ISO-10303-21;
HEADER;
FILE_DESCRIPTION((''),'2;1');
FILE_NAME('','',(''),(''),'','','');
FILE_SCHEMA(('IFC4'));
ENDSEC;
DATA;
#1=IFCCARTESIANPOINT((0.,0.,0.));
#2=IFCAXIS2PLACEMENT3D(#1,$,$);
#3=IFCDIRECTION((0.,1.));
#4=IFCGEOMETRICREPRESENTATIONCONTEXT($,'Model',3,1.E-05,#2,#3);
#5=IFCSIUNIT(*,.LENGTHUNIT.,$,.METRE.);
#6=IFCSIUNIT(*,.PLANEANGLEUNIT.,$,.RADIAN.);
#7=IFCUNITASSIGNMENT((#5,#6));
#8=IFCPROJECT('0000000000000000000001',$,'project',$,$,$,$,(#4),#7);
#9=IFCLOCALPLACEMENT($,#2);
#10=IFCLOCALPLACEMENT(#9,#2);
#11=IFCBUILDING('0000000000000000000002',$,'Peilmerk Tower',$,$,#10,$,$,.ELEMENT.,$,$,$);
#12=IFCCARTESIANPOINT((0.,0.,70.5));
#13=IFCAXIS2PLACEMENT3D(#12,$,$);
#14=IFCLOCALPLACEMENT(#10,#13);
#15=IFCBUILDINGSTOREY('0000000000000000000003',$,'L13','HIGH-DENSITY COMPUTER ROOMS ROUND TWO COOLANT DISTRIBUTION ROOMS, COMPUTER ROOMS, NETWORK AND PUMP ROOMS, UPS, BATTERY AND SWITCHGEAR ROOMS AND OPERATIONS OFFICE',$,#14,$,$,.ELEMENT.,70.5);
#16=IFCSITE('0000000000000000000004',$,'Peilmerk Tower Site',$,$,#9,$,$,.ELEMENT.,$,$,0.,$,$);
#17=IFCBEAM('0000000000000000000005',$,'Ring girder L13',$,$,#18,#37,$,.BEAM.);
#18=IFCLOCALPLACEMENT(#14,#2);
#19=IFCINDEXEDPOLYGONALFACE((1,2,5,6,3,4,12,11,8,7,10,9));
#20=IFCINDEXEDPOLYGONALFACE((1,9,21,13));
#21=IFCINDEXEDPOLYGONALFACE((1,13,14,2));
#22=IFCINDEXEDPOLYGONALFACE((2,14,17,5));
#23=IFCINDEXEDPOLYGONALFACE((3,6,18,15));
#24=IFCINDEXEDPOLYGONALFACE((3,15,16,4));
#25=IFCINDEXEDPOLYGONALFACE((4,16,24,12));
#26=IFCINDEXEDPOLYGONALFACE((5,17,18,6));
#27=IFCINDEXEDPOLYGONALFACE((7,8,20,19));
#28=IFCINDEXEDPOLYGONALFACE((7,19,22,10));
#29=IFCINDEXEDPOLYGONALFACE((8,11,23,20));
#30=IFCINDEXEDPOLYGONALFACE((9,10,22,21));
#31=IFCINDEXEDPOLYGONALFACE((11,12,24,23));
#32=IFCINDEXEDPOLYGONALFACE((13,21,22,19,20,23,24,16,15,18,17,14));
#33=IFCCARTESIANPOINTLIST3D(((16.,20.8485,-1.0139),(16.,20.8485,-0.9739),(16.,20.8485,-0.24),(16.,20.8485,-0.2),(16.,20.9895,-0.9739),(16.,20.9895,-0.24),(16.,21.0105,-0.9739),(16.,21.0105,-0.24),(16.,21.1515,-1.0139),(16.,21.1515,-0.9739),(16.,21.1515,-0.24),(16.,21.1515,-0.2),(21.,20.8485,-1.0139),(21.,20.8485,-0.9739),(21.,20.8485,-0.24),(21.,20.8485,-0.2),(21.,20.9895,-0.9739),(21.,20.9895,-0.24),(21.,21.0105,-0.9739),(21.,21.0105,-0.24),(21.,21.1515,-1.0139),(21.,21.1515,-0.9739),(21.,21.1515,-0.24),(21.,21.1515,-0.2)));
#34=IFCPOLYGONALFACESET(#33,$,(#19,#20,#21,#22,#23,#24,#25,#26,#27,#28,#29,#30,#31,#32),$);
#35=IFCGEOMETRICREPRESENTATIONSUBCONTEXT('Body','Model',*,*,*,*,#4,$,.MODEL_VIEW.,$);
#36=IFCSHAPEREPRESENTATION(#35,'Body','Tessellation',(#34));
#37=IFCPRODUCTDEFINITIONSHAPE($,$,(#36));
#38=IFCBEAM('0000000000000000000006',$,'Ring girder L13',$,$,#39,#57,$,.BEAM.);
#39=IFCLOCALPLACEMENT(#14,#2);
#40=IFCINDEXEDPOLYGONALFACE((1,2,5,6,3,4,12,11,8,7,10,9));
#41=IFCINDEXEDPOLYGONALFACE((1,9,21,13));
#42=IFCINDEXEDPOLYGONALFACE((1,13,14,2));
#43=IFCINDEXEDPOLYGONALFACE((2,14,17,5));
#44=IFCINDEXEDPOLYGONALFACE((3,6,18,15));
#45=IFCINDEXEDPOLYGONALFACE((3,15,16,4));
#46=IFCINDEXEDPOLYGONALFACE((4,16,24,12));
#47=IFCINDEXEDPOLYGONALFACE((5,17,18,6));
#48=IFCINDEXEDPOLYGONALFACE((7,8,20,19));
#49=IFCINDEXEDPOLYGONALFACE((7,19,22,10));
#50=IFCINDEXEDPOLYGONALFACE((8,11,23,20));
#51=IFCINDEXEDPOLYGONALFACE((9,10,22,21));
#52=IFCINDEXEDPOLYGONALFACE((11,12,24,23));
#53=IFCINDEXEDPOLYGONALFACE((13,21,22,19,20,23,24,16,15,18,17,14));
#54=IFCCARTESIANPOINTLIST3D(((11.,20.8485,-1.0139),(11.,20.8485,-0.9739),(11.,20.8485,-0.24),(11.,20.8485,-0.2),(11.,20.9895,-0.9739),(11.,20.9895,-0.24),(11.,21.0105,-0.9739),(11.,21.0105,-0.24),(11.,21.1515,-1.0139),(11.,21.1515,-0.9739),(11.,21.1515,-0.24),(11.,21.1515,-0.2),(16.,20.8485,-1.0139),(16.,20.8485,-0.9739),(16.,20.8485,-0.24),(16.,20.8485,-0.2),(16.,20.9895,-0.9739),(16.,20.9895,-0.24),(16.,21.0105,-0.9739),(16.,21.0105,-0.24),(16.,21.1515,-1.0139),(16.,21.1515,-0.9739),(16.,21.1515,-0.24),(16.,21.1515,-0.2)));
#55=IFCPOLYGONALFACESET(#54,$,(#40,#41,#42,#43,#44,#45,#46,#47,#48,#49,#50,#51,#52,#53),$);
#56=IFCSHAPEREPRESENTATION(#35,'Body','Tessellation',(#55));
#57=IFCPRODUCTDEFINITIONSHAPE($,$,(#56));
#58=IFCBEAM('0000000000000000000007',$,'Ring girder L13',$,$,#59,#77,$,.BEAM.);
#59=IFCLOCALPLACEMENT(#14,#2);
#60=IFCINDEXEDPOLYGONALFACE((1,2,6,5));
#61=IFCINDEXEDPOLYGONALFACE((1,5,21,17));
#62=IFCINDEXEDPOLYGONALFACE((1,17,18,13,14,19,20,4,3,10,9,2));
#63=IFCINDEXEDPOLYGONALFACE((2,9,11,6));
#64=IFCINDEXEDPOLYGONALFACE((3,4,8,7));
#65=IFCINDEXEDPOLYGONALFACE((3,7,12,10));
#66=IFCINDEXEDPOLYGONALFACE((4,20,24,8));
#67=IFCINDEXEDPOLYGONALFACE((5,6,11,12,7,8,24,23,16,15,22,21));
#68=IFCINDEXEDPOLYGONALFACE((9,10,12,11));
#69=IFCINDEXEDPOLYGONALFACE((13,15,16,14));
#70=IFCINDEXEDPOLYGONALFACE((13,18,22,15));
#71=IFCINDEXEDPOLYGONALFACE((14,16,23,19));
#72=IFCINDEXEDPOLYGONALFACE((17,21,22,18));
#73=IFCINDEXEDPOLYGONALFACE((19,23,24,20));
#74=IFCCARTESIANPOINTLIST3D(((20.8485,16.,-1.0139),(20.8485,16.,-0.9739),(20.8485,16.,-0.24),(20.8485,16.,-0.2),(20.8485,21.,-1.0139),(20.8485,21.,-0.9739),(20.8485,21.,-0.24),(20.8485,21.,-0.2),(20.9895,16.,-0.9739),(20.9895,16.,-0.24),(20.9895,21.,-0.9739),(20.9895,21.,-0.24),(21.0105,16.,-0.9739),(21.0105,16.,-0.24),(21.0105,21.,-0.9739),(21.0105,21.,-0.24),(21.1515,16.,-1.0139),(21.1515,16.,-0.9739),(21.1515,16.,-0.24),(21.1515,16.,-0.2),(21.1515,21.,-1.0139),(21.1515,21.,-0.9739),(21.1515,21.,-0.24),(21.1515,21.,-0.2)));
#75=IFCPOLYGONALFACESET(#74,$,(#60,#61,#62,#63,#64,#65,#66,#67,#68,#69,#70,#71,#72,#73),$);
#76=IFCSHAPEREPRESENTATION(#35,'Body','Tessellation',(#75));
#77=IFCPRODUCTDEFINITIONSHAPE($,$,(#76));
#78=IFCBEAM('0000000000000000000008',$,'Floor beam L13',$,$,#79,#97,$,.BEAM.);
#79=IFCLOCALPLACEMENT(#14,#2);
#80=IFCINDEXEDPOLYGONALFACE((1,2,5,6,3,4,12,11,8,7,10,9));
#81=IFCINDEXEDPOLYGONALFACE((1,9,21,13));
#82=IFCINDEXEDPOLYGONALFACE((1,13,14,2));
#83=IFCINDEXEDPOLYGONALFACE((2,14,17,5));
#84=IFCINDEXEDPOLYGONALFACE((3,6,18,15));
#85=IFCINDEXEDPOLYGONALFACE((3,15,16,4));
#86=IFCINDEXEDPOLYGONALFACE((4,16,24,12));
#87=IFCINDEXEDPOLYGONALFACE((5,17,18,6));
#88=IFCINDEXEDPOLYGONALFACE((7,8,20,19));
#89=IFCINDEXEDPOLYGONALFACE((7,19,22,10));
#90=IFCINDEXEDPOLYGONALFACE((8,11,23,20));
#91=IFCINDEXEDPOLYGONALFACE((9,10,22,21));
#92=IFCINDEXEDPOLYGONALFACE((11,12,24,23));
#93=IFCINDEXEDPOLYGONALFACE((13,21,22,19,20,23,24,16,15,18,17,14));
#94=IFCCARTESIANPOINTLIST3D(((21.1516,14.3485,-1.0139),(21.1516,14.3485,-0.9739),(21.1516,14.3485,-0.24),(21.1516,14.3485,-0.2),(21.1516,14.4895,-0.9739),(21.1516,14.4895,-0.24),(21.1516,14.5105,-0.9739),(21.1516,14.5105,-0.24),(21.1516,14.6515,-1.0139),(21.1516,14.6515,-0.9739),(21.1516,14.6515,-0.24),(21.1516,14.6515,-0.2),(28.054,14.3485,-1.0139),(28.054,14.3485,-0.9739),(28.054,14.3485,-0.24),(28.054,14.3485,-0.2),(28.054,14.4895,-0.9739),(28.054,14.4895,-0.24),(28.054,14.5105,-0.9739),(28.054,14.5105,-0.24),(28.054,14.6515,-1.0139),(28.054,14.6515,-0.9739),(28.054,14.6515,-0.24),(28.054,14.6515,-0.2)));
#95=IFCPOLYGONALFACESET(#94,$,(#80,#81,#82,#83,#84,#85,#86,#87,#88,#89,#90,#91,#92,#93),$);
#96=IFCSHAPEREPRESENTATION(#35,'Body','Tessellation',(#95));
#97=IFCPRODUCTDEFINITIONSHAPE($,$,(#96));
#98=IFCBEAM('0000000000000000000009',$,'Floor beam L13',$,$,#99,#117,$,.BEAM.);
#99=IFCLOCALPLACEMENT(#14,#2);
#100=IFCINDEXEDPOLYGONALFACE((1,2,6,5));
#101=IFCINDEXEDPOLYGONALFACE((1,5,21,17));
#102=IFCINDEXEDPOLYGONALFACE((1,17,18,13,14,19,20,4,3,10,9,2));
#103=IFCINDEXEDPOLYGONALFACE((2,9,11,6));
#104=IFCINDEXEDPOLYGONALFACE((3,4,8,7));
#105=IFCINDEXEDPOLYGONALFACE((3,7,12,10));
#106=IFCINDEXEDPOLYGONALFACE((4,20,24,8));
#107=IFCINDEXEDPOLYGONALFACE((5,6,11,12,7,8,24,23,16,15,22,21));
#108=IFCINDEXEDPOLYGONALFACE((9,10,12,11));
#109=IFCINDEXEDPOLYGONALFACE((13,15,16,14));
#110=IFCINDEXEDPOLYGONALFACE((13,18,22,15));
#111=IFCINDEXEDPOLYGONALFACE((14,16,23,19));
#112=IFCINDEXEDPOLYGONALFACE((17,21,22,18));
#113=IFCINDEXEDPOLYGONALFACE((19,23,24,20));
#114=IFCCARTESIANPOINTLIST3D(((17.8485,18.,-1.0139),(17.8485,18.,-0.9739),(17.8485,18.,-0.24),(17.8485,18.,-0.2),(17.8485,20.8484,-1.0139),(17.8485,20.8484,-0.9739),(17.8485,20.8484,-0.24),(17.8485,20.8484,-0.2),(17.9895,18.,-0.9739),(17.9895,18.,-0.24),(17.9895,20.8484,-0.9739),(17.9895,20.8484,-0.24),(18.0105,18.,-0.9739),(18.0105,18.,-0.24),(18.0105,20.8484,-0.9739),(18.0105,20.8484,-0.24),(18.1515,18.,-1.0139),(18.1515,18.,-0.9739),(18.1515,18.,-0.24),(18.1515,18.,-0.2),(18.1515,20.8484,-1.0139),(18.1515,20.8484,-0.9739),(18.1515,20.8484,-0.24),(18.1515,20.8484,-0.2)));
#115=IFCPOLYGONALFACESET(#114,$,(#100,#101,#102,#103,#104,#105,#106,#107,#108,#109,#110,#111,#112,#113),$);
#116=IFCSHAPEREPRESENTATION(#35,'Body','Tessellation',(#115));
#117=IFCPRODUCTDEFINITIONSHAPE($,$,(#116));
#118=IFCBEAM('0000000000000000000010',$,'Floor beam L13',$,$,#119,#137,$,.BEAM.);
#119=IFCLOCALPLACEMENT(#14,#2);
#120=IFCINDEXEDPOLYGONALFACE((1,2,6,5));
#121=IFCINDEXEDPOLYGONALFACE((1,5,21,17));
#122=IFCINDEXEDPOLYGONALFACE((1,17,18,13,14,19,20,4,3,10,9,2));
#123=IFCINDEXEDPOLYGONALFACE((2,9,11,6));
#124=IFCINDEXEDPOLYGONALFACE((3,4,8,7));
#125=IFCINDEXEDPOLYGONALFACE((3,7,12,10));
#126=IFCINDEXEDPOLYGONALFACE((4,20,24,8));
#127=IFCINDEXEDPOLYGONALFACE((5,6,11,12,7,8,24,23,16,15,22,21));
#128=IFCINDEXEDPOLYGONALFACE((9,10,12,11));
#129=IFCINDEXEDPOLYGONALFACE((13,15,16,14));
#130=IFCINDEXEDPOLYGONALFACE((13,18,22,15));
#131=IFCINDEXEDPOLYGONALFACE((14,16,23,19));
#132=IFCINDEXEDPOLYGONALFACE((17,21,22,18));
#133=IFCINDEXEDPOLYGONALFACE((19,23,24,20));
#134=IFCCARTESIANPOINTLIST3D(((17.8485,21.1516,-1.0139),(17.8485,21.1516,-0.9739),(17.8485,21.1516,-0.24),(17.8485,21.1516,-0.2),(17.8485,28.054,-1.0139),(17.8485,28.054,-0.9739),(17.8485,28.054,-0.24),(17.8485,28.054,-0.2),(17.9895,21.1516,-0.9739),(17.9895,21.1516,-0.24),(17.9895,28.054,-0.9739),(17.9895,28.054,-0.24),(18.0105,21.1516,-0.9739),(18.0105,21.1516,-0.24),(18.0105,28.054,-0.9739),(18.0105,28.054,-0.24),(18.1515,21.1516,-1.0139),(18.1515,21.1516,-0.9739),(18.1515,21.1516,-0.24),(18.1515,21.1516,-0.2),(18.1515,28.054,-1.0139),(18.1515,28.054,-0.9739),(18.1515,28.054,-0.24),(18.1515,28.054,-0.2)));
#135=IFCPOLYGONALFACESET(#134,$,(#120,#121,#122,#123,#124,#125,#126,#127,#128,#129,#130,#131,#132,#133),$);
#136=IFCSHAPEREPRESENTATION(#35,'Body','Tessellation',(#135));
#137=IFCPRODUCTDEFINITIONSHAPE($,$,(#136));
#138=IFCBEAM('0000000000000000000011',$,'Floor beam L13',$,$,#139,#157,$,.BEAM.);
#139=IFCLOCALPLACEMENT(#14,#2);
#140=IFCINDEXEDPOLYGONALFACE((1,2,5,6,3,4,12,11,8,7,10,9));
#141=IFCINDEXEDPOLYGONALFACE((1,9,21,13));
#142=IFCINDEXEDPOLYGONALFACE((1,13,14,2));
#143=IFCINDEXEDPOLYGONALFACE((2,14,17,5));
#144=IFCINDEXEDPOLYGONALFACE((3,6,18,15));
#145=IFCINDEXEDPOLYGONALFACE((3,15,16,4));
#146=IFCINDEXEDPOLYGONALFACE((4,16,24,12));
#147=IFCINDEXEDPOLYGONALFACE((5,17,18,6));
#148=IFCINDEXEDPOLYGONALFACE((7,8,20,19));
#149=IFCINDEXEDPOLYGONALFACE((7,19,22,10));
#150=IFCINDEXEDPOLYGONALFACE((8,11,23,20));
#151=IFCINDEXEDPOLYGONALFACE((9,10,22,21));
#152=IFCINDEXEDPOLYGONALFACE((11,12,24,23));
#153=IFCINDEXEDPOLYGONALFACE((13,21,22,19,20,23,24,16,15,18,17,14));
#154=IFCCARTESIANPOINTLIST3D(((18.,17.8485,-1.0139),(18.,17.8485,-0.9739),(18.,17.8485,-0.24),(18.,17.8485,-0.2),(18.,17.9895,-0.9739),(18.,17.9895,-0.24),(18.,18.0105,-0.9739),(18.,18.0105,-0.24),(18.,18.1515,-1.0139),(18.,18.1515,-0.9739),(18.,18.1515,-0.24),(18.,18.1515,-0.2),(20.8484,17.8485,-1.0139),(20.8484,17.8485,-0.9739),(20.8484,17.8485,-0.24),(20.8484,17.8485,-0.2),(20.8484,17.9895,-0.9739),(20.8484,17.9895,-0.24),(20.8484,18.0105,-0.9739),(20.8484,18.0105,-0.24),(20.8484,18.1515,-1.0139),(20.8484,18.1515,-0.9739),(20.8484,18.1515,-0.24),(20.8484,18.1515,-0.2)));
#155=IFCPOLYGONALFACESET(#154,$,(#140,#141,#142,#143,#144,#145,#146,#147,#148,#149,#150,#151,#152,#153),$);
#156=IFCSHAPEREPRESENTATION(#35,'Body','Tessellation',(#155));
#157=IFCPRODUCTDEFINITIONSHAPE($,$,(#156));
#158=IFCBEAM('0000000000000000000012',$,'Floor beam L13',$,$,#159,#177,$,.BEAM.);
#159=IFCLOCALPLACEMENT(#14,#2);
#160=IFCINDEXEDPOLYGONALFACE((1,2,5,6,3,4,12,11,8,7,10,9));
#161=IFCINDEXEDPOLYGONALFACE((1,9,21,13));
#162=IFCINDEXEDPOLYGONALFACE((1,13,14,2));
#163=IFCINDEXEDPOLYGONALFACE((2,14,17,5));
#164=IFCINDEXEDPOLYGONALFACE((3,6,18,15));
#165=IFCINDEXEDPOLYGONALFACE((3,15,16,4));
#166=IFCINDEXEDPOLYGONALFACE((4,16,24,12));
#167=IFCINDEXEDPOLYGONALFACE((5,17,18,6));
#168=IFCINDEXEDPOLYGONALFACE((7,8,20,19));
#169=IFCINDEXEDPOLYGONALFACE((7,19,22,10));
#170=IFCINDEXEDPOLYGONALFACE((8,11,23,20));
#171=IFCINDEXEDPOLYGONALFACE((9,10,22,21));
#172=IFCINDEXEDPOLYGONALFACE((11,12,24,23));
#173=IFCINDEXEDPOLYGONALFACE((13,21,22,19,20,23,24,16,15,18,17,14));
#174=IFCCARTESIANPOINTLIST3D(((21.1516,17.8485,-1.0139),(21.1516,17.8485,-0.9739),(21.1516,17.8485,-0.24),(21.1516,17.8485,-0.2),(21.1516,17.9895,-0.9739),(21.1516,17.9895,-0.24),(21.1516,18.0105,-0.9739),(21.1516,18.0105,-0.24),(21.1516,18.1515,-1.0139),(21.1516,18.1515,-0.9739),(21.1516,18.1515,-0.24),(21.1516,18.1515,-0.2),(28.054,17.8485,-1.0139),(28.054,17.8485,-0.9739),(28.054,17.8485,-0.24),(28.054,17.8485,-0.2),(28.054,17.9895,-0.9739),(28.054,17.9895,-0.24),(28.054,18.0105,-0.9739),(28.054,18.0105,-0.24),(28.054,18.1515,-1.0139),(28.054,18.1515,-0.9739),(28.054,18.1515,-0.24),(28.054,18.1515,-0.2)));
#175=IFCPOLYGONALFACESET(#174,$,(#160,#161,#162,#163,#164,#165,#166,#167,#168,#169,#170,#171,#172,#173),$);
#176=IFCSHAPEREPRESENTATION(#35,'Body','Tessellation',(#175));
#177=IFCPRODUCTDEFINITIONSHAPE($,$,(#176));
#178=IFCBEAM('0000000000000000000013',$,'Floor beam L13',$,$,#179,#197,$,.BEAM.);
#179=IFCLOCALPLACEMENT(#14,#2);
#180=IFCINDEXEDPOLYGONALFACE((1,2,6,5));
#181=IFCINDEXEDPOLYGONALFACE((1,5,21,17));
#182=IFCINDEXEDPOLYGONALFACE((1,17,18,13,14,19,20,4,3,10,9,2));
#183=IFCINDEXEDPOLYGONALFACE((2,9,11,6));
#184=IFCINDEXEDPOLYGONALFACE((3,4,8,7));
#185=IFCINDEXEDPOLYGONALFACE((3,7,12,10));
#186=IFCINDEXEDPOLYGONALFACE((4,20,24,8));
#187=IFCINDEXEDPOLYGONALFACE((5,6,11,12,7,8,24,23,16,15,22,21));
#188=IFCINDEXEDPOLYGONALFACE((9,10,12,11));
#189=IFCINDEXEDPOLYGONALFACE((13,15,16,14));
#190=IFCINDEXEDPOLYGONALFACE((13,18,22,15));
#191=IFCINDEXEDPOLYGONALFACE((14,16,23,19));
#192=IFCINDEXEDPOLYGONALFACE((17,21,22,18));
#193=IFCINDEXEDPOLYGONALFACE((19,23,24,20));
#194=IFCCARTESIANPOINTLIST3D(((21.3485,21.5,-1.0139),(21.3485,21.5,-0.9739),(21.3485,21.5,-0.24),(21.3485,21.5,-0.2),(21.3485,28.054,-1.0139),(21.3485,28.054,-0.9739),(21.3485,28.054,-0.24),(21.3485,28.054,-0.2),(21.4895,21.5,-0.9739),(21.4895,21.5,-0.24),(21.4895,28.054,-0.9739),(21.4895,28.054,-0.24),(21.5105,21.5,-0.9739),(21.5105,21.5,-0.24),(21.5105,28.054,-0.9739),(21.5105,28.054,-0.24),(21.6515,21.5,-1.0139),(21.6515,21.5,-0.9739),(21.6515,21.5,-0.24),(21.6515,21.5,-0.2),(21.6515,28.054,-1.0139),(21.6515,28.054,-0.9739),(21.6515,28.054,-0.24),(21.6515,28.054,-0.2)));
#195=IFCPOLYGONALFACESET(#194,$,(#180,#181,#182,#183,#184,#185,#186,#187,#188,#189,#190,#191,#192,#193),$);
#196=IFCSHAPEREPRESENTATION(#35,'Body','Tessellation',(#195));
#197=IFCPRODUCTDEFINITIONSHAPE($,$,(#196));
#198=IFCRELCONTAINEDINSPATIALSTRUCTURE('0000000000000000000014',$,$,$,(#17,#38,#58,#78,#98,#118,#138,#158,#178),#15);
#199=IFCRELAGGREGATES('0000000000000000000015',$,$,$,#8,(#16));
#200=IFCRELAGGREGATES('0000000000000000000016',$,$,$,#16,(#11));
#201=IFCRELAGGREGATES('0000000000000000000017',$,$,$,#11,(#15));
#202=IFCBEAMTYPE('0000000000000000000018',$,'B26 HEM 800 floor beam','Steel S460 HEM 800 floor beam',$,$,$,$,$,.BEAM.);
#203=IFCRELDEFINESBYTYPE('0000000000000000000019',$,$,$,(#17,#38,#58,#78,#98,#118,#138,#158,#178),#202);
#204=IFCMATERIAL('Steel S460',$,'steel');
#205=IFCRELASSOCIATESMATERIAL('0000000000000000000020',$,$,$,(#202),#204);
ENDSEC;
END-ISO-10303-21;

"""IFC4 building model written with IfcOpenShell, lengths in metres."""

from ifc_helpers import new_model, si_unit, direction, frame, origin, origin_2d, place, context, subcontext, project, spatial, i_section, extrude, material, material_profile, profile_set, type_object, element, save


model = new_model("IFC4")

# Units and contexts
model_context = context("Model", 3, precision=1e-05, world=origin(), true_north=direction((0.0, 1.0)))
body_context = subcontext(model_context, "Body", "Model", "MODEL_VIEW")
ifc_project = project(units=[si_unit("LENGTHUNIT", "METRE"), si_unit("PLANEANGLEUNIT", "RADIAN")], contexts=[model_context])

# Site, building, storey
site_placement = place(None, origin())
site = spatial("IfcSite", under=ifc_project, at=site_placement, Name="Peilmerk Tower Site", CompositionType="ELEMENT", RefElevation=0.0)
building_placement = place(site_placement, origin())
building = spatial("IfcBuilding", under=site, at=building_placement, Name="Peilmerk Tower", CompositionType="ELEMENT")
storey_placement = place(building_placement, frame((0.0, 0.0, 70.5)))
storey = spatial("IfcBuildingStorey", under=building, at=storey_placement, Name="L13", Description="HIGH-DENSITY COMPUTER ROOMS ROUND TWO COOLANT DISTRIBUTION ROOMS, COMPUTER ROOMS, NETWORK AND PUMP ROOMS, UPS, BATTERY AND SWITCHGEAR ROOMS AND OPERATIONS OFFICE", CompositionType="ELEMENT", Elevation=70.5)

# Beams
ifc_material_1 = material(Name="Steel S460", Category="steel")
ifc_material_profile_1 = material_profile(ifc_material_1, i_section(OverallWidth=0.303, OverallDepth=0.814, WebThickness=0.021, FlangeThickness=0.04, at=origin_2d()), Name="HEM 800")
ifc_profile_set_1 = profile_set([ifc_material_profile_1], Name="Steel S460")
beam_type_1 = type_object("IfcBeamType", Name="B26 HEM 800 floor beam", Description="Steel S460 HEM 800 floor beam", PredefinedType="BEAM", material=ifc_profile_set_1)
for number, where, z_axis, x_axis, name in (
    (1, (21.0, 21.0, -0.6069), (-1.0, 0.0, 0.0), (0.0, -1.0, 0.0), "Ring girder L13"),
    (2, (16.0, 21.0, -0.6069), (-1.0, 0.0, 0.0), (0.0, -1.0, 0.0), "Ring girder L13"),
    (3, (21.0, 16.0, -0.6069), (0.0, 1.0, 0.0), (-1.0, 0.0, 0.0), "Ring girder L13"),
):
    element("IfcBeam", number, at=place(storey_placement, frame(where, z_axis=z_axis, x_axis=x_axis)), inside=storey, type_object=beam_type_1, Name=name, PredefinedType="BEAM", context=body_context, shape_type="SweptSolid", body=[
        extrude(i_section(OverallWidth=0.303, OverallDepth=0.814, WebThickness=0.021, FlangeThickness=0.04, at=origin_2d()), origin(), (0.0, 0.0, 1.0), 5.0),
    ])
beam_1_placement = place(storey_placement, frame((21.1516, 14.5, -0.6069), z_axis=(1.0, 0.0, 0.0), x_axis=(0.0, 1.0, 0.0)))
element("IfcBeam", 4, at=beam_1_placement, inside=storey, type_object=beam_type_1, Name="Floor beam L13", PredefinedType="BEAM", context=body_context, shape_type="SweptSolid", body=[
    extrude(i_section(OverallWidth=0.303, OverallDepth=0.814, WebThickness=0.021, FlangeThickness=0.04, at=origin_2d()), origin(), (0.0, 0.0, 1.0), 6.9023),
])
beam_2_placement = place(storey_placement, frame((18.0, 18.0, -0.6069), z_axis=(0.0, 1.0, 0.0), x_axis=(-1.0, 0.0, 0.0)))
element("IfcBeam", 5, at=beam_2_placement, inside=storey, type_object=beam_type_1, Name="Floor beam L13", PredefinedType="BEAM", context=body_context, shape_type="SweptSolid", body=[
    extrude(i_section(OverallWidth=0.303, OverallDepth=0.814, WebThickness=0.021, FlangeThickness=0.04, at=origin_2d()), origin(), (0.0, 0.0, 1.0), 2.8484),
])
beam_3_placement = place(storey_placement, frame((18.0, 21.1516, -0.6069), z_axis=(0.0, 1.0, 0.0), x_axis=(-1.0, 0.0, 0.0)))
element("IfcBeam", 6, at=beam_3_placement, inside=storey, type_object=beam_type_1, Name="Floor beam L13", PredefinedType="BEAM", context=body_context, shape_type="SweptSolid", body=[
    extrude(i_section(OverallWidth=0.303, OverallDepth=0.814, WebThickness=0.021, FlangeThickness=0.04, at=origin_2d()), origin(), (0.0, 0.0, 1.0), 6.9023),
])
beam_4_placement = place(storey_placement, frame((18.0, 18.0, -0.6069), z_axis=(1.0, 0.0, 0.0), x_axis=(0.0, 1.0, 0.0)))
element("IfcBeam", 7, at=beam_4_placement, inside=storey, type_object=beam_type_1, Name="Floor beam L13", PredefinedType="BEAM", context=body_context, shape_type="SweptSolid", body=[
    extrude(i_section(OverallWidth=0.303, OverallDepth=0.814, WebThickness=0.021, FlangeThickness=0.04, at=origin_2d()), origin(), (0.0, 0.0, 1.0), 2.8484),
])
beam_5_placement = place(storey_placement, frame((21.1516, 18.0, -0.6069), z_axis=(1.0, 0.0, 0.0), x_axis=(0.0, 1.0, 0.0)))
element("IfcBeam", 8, at=beam_5_placement, inside=storey, type_object=beam_type_1, Name="Floor beam L13", PredefinedType="BEAM", context=body_context, shape_type="SweptSolid", body=[
    extrude(i_section(OverallWidth=0.303, OverallDepth=0.814, WebThickness=0.021, FlangeThickness=0.04, at=origin_2d()), origin(), (0.0, 0.0, 1.0), 6.9023),
])
for number, where, z_axis, x_axis, name in (
    (9, (21.5, 21.5, -0.6069), (0.0, 1.0, 0.0), (-1.0, 0.0, 0.0), "Floor beam L13"),
):
    element("IfcBeam", number, at=place(storey_placement, frame(where, z_axis=z_axis, x_axis=x_axis)), inside=storey, type_object=beam_type_1, Name=name, PredefinedType="BEAM", context=body_context, shape_type="SweptSolid", body=[
        extrude(i_section(OverallWidth=0.303, OverallDepth=0.814, WebThickness=0.021, FlangeThickness=0.04, at=origin_2d()), origin(), (0.0, 0.0, 1.0), 6.554),
    ])

save(model, "model.ifc")
